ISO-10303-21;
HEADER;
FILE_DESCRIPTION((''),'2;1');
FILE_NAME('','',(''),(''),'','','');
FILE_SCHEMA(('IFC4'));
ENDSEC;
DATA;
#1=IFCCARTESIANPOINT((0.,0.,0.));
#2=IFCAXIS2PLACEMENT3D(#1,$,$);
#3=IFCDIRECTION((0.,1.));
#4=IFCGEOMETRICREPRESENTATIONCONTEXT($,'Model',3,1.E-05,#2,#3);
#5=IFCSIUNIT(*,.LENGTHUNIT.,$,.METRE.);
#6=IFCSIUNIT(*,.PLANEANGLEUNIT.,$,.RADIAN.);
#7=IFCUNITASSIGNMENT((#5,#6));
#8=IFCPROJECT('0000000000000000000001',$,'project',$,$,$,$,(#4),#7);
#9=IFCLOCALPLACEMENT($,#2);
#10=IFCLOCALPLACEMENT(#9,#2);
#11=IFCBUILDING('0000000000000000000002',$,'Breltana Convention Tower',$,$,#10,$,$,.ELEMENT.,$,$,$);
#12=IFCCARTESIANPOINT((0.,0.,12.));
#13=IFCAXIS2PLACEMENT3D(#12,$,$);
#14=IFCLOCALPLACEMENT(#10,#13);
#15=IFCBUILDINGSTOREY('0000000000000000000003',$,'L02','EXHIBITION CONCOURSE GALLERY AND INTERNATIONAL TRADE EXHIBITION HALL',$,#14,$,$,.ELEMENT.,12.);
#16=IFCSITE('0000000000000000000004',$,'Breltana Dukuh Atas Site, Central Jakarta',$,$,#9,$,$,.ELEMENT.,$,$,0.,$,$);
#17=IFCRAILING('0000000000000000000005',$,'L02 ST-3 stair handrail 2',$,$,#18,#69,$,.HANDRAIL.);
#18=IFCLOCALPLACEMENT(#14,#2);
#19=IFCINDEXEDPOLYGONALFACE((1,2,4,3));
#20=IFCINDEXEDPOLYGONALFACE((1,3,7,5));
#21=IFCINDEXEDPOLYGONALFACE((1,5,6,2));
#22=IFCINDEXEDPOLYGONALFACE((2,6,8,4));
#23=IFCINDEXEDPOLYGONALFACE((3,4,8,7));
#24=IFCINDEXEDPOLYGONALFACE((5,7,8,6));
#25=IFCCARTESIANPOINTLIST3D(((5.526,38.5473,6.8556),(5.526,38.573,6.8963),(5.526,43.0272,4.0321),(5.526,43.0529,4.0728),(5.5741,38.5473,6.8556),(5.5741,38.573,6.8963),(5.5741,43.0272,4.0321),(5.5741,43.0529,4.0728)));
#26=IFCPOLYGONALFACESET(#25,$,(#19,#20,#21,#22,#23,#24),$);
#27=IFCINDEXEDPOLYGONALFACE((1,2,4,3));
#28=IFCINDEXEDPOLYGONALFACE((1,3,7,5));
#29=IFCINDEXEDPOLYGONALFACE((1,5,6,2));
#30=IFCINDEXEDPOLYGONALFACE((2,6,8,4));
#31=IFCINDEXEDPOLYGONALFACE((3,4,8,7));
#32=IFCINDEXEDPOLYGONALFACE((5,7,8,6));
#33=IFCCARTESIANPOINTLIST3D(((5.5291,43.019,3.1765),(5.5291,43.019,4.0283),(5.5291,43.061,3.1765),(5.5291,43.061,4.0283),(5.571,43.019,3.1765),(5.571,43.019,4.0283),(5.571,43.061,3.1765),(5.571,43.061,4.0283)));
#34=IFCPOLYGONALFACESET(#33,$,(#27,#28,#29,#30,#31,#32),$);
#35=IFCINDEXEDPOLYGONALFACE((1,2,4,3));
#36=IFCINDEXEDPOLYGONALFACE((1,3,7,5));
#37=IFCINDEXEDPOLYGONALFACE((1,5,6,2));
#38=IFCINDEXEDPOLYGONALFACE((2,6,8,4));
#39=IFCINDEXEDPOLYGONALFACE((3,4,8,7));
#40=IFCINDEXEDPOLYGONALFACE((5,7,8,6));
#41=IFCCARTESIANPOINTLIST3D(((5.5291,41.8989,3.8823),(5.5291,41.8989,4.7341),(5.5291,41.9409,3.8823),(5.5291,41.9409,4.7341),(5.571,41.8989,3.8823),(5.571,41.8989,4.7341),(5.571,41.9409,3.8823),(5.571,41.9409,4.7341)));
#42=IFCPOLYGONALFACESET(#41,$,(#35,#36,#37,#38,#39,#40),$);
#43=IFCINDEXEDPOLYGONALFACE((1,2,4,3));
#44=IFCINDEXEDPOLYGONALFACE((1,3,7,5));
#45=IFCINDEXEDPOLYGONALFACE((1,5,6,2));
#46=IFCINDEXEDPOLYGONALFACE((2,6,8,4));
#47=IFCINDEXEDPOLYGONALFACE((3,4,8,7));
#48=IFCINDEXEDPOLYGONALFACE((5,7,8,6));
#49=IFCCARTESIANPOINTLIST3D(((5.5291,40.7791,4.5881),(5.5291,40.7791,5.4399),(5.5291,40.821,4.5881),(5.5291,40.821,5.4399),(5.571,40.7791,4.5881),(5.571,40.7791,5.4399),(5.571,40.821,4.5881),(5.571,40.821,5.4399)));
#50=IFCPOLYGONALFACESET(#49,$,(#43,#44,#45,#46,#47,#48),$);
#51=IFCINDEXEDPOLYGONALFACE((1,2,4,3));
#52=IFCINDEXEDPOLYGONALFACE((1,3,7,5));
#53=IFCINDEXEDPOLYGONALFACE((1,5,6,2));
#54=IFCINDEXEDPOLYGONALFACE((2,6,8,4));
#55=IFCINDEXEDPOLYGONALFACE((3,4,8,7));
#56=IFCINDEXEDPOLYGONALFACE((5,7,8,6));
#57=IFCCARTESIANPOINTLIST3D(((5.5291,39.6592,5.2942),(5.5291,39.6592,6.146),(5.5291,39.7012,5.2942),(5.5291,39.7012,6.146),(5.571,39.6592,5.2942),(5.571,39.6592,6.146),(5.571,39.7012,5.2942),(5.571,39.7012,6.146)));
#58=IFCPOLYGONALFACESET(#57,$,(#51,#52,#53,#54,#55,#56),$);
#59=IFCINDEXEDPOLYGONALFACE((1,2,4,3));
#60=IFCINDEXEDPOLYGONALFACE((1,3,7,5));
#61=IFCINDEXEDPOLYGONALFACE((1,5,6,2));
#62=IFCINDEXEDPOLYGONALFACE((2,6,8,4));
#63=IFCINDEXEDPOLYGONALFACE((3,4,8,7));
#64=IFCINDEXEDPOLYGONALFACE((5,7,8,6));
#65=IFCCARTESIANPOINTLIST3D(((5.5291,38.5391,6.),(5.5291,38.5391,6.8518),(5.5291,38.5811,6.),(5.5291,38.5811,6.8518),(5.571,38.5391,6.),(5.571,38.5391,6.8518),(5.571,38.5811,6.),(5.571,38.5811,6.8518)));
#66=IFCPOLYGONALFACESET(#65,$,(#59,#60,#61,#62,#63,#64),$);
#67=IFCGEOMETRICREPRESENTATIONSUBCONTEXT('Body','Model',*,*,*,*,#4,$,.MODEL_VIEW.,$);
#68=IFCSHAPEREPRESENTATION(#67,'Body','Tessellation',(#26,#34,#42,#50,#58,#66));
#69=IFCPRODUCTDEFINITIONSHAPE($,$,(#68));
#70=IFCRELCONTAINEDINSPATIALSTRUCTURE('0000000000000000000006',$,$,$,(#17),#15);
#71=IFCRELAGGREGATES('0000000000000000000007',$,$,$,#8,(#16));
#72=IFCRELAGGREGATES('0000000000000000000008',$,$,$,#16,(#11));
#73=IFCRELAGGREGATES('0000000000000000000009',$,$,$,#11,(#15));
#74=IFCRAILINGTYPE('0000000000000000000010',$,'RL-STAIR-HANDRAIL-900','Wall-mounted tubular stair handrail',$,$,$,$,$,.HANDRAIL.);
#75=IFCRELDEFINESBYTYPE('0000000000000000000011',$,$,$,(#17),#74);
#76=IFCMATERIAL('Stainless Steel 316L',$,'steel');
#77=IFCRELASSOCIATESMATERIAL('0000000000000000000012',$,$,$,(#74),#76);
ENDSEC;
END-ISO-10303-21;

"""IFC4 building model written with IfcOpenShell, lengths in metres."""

from ifc_helpers import new_model, si_unit, direction, frame, origin, origin_2d, place, context, subcontext, project, spatial, rectangle, extrude, material, type_object, element, save


model = new_model("IFC4")

# Units and contexts
model_context = context("Model", 3, precision=1e-05, world=origin(), true_north=direction((0.0, 1.0)))
body_context = subcontext(model_context, "Body", "Model", "MODEL_VIEW")
ifc_project = project(units=[si_unit("LENGTHUNIT", "METRE"), si_unit("PLANEANGLEUNIT", "RADIAN")], contexts=[model_context])

# Site, building, storey
site_placement = place(None, origin())
site = spatial("IfcSite", under=ifc_project, at=site_placement, Name="Breltana Dukuh Atas Site, Central Jakarta", CompositionType="ELEMENT", RefElevation=0.0)
building_placement = place(site_placement, origin())
building = spatial("IfcBuilding", under=site, at=building_placement, Name="Breltana Convention Tower", CompositionType="ELEMENT")
storey_placement = place(building_placement, frame((0.0, 0.0, 12.0)))
storey = spatial("IfcBuildingStorey", under=building, at=storey_placement, Name="L02", Description="EXHIBITION CONCOURSE GALLERY AND INTERNATIONAL TRADE EXHIBITION HALL", CompositionType="ELEMENT", Elevation=12.0)

# Railing
ifc_material_1 = material(Name="Stainless Steel 316L", Category="steel")
railing_type_1 = type_object("IfcRailingType", Name="RL-STAIR-HANDRAIL-900", Description="Wall-mounted tubular stair handrail", PredefinedType="HANDRAIL", material=ifc_material_1)
railing_1_placement = place(storey_placement, frame((5.55, 43.04, 3.1765)))
element("IfcRailing", 1, at=railing_1_placement, inside=storey, type_object=railing_type_1, Name="L02 ST-3 stair handrail 2", PredefinedType="HANDRAIL", context=body_context, shape_type="SweptSolid", body=[
    extrude(rectangle(XDim=0.0481, YDim=0.0481, at=origin_2d()), frame((0.0, 0.0, 0.876), z_axis=(0.0, -0.845998, 0.533186), x_axis=(1.0, 0.0, 0.0)), (0.0, 0.0, 1.0), 5.2954),
    extrude(rectangle(XDim=0.042, YDim=0.042, at=origin_2d()), origin(), (0.0, 0.0, 1.0), 0.8518),
    extrude(rectangle(XDim=0.042, YDim=0.042, at=origin_2d()), frame((0.0, -1.1201, 0.7058)), (0.0, 0.0, 1.0), 0.8518),
    extrude(rectangle(XDim=0.042, YDim=0.042, at=origin_2d()), frame((0.0, -2.24, 1.4116)), (0.0, 0.0, 1.0), 0.8518),
    extrude(rectangle(XDim=0.042, YDim=0.042, at=origin_2d()), frame((0.0, -3.3599, 2.1177)), (0.0, 0.0, 1.0), 0.8518),
    extrude(rectangle(XDim=0.042, YDim=0.042, at=origin_2d()), frame((0.0, -4.48, 2.8235)), (0.0, 0.0, 1.0), 0.8518),
])

save(model, "model.ifc")
